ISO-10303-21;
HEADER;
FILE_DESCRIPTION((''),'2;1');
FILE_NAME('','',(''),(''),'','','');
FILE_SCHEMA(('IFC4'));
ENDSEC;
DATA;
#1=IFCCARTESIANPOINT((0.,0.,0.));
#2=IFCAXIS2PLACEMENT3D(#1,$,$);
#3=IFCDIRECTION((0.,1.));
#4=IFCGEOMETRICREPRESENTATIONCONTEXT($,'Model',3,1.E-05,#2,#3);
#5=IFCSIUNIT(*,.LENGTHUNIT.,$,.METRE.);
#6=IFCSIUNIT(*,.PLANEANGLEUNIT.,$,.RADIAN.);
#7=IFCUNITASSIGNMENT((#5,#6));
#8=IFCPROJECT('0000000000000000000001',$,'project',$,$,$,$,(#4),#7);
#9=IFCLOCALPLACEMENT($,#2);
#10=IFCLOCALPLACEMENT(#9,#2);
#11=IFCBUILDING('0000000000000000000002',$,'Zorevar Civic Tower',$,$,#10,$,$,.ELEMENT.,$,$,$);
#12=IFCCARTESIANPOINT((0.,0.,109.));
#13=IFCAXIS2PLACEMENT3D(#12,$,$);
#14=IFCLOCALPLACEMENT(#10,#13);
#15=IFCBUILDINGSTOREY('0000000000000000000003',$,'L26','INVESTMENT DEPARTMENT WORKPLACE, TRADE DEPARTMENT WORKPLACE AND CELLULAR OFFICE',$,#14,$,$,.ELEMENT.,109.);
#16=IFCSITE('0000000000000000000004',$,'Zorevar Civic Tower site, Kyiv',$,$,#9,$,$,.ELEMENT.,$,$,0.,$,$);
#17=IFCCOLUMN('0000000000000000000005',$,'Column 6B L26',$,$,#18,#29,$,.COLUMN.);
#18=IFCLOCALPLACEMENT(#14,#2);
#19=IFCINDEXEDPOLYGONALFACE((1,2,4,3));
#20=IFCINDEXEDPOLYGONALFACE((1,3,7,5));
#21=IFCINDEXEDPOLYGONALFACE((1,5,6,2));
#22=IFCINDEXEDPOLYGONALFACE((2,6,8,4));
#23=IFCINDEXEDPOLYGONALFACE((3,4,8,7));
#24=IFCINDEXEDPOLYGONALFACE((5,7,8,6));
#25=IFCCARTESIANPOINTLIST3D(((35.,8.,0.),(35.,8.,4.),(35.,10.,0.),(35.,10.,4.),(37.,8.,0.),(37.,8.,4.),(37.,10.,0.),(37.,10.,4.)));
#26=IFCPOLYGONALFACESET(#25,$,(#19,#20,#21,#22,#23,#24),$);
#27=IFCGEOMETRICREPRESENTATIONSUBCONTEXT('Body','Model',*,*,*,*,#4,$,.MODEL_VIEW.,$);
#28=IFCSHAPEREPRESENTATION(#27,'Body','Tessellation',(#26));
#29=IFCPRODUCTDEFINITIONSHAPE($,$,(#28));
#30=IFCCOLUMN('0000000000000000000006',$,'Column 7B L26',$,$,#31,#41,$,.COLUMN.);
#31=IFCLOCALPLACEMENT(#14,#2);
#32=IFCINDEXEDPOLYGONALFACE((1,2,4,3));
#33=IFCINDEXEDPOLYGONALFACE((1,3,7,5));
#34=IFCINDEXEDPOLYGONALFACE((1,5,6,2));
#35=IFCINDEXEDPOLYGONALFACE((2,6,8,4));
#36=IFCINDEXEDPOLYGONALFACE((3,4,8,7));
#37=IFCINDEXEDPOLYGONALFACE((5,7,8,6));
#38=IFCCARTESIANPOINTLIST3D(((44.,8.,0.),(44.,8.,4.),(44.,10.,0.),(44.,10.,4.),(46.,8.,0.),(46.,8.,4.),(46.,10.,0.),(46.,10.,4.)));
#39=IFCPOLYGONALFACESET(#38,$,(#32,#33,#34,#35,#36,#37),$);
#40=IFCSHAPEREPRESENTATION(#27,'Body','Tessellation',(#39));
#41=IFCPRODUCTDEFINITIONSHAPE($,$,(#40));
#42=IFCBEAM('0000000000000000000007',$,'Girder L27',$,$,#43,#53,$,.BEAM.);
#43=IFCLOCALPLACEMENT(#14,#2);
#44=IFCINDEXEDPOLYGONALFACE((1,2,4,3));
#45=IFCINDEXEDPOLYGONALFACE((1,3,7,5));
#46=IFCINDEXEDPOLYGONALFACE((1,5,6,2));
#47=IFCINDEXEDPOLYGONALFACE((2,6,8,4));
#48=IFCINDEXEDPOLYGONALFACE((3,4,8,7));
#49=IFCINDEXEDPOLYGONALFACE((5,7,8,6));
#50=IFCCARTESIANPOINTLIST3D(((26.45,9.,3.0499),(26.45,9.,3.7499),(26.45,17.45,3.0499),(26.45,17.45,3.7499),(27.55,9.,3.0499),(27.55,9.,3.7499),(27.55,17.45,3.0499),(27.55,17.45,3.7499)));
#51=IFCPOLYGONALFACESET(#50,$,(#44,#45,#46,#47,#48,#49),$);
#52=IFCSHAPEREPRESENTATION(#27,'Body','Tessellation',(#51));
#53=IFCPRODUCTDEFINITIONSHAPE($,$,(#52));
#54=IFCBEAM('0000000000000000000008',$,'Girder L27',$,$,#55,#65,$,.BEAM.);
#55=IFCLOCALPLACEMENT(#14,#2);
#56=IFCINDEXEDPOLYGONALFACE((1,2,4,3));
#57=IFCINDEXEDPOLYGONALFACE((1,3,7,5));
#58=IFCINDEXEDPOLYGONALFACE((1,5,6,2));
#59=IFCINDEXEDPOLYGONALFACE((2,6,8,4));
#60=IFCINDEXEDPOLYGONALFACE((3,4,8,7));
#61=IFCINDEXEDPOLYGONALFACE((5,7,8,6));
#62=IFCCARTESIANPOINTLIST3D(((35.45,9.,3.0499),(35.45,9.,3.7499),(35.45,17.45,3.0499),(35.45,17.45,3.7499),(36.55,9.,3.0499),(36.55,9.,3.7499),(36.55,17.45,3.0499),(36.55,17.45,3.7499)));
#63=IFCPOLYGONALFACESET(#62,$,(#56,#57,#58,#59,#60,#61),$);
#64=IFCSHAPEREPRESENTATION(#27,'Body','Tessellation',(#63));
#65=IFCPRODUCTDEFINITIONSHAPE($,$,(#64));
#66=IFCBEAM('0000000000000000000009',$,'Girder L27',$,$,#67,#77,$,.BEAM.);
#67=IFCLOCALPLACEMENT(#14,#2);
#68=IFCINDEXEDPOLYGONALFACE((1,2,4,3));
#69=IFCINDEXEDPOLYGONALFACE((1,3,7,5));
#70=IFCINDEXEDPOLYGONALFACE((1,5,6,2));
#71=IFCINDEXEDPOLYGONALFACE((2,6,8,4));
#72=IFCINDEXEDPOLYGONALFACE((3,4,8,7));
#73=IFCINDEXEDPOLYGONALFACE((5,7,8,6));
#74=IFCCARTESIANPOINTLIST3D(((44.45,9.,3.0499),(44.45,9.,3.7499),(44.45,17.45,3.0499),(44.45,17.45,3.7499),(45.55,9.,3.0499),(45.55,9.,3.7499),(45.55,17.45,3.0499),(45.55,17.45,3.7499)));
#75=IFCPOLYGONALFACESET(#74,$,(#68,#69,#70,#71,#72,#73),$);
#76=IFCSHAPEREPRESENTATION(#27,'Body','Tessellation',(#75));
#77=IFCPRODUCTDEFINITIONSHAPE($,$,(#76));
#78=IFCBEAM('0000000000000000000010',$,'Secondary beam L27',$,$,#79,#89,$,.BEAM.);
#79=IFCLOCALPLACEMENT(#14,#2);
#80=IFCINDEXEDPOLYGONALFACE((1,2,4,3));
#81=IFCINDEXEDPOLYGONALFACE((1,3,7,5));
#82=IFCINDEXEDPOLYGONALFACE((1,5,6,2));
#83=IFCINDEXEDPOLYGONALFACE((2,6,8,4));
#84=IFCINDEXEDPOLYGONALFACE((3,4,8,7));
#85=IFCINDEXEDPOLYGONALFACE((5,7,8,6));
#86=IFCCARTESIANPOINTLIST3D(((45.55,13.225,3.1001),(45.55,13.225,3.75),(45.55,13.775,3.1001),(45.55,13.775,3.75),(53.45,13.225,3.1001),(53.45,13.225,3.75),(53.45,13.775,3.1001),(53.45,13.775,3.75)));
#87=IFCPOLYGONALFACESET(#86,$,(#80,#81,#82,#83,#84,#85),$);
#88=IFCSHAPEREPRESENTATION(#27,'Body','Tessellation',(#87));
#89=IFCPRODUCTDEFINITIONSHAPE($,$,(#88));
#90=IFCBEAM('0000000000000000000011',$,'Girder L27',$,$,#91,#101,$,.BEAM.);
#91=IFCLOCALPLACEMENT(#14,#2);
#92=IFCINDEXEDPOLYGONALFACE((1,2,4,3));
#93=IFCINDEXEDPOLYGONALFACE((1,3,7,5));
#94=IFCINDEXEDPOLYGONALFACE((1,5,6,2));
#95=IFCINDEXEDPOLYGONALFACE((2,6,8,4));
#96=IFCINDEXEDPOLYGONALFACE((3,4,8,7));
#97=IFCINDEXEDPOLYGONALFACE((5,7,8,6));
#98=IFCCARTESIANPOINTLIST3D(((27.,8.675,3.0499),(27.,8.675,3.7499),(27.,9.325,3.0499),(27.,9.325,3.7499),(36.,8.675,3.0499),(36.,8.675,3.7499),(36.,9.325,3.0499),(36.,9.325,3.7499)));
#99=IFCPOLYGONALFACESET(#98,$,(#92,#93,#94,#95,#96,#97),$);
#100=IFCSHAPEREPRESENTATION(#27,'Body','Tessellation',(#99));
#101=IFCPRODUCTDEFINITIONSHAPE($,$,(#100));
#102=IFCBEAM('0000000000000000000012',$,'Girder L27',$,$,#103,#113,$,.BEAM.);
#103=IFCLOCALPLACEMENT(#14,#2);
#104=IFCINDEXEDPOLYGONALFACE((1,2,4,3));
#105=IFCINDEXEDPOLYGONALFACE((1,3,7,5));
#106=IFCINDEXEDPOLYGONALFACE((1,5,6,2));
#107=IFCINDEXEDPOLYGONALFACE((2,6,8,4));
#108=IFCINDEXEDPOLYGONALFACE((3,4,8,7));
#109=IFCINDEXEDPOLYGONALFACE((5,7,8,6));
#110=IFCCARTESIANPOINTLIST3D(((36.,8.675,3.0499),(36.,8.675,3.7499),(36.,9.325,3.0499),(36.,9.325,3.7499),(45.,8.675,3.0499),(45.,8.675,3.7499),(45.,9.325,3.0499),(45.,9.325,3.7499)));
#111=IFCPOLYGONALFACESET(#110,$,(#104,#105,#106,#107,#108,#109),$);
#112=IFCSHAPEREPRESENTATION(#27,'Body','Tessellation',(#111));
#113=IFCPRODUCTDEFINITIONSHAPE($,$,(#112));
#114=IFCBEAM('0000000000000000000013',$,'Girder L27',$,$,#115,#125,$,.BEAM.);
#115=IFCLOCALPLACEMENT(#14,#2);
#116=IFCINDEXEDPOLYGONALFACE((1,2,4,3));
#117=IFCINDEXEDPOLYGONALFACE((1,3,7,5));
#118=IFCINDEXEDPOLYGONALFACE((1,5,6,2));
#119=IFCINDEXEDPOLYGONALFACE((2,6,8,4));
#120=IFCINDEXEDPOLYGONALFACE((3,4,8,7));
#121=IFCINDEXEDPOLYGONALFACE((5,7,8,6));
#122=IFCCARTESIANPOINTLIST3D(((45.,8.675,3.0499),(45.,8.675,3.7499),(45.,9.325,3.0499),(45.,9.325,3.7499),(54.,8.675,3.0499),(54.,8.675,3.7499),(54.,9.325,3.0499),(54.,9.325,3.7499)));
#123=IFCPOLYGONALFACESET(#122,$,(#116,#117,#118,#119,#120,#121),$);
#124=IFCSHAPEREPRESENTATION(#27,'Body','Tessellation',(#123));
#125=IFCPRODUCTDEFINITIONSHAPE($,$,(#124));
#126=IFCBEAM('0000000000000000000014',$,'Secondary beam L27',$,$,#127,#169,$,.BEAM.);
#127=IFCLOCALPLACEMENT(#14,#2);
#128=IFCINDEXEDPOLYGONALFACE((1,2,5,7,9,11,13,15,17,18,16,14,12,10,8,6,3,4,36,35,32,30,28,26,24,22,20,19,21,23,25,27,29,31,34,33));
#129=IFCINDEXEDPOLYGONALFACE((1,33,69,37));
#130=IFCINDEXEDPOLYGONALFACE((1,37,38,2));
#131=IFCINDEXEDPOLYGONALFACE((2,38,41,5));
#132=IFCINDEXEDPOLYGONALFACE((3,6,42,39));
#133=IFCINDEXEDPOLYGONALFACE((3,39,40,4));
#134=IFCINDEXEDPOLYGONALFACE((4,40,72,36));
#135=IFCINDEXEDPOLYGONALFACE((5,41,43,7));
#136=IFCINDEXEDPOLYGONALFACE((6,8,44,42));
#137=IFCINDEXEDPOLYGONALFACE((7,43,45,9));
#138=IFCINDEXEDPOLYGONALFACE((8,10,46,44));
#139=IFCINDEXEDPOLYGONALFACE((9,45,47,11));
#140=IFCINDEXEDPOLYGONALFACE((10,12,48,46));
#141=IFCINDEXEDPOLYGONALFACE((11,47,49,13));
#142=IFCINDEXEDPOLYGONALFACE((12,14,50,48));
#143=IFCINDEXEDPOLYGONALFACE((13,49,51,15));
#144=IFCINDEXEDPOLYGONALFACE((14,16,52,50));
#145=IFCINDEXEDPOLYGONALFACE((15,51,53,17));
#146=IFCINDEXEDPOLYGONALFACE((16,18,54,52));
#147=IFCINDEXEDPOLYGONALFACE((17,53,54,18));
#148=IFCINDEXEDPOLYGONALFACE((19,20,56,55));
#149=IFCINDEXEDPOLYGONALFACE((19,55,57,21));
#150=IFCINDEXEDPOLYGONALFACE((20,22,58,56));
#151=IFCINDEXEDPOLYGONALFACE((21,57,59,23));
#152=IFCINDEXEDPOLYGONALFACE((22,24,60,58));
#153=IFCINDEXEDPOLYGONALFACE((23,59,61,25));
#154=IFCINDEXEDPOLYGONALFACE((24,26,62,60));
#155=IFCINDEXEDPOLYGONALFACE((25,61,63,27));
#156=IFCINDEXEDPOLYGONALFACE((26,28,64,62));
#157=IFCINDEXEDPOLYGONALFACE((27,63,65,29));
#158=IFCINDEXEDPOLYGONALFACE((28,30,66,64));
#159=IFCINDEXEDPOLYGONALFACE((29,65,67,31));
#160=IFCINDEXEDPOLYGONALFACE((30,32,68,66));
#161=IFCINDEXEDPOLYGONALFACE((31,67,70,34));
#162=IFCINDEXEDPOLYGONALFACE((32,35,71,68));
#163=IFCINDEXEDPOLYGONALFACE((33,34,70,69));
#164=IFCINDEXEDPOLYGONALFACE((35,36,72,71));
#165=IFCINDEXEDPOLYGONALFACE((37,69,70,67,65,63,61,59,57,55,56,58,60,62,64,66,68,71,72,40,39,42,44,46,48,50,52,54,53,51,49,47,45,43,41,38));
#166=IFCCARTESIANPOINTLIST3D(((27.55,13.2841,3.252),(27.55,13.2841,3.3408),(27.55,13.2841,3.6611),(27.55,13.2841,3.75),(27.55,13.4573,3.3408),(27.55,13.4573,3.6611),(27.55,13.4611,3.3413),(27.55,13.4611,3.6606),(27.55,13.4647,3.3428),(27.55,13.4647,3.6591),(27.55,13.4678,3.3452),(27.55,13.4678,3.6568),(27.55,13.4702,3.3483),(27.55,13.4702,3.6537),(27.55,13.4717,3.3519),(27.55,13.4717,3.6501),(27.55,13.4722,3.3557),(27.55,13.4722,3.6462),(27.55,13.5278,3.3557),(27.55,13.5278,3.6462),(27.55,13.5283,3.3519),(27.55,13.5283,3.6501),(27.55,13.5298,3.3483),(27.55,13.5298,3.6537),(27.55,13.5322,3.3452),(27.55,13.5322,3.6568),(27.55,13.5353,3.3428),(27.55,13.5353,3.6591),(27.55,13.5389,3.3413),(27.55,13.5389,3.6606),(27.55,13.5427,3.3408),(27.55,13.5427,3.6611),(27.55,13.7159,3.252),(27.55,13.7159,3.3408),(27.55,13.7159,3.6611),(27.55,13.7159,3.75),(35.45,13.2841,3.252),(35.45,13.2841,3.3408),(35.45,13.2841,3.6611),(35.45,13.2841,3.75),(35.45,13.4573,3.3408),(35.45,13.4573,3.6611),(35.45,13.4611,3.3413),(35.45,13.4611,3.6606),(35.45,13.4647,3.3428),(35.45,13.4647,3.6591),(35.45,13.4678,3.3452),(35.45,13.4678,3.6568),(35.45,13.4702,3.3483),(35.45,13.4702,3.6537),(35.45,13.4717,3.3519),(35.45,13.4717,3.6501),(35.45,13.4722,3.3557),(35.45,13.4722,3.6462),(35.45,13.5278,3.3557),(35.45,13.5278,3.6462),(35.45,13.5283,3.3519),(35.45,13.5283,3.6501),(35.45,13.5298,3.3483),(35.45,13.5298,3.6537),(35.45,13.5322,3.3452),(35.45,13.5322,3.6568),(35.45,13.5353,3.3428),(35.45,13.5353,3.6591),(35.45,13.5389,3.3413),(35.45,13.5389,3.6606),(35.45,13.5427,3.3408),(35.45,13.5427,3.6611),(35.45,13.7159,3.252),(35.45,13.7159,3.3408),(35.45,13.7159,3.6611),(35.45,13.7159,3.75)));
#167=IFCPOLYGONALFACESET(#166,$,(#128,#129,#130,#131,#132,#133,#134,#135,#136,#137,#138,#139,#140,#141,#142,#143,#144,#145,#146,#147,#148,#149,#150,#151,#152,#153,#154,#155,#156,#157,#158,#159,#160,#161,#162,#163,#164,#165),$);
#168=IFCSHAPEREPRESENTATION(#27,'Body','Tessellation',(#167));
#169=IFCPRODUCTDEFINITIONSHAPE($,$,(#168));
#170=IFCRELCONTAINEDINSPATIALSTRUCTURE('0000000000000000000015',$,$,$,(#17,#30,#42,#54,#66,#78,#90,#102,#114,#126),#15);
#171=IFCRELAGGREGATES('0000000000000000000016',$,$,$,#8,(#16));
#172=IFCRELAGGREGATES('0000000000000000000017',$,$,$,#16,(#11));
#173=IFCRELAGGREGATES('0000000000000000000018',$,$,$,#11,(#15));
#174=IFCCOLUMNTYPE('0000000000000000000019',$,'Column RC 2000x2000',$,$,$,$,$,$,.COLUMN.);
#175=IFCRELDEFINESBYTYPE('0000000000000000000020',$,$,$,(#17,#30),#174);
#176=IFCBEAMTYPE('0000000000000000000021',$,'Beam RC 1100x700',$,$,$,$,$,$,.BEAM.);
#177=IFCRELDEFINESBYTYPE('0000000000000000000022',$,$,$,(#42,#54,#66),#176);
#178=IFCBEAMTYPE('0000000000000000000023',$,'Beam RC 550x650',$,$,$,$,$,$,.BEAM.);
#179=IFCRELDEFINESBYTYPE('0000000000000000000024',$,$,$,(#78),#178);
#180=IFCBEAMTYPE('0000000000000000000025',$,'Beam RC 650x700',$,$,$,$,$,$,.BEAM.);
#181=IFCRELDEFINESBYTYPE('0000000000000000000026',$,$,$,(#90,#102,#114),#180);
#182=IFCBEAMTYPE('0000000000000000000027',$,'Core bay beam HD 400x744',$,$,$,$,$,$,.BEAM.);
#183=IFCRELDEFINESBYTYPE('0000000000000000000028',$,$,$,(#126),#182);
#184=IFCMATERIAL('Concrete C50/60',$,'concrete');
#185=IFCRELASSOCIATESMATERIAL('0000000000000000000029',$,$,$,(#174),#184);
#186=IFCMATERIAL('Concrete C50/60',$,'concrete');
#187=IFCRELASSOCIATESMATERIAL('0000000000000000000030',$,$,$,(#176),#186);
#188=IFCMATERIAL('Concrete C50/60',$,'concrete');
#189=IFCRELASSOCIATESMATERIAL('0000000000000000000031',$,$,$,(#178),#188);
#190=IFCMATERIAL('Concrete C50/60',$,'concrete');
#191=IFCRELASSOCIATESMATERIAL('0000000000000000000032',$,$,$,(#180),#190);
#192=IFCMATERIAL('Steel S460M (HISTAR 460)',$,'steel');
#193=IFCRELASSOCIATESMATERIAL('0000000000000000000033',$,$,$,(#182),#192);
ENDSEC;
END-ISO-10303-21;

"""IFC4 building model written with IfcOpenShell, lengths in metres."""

from ifc_helpers import new_model, si_unit, direction, frame, origin, origin_2d, place, context, subcontext, project, spatial, rectangle, i_section, extrude, material, material_profile, profile_set, type_object, element, save


model = new_model("IFC4")

# Units and contexts
model_context = context("Model", 3, precision=1e-05, world=origin(), true_north=direction((0.0, 1.0)))
body_context = subcontext(model_context, "Body", "Model", "MODEL_VIEW")
ifc_project = project(units=[si_unit("LENGTHUNIT", "METRE"), si_unit("PLANEANGLEUNIT", "RADIAN")], contexts=[model_context])

# Site, building, storey
site_placement = place(None, origin())
site = spatial("IfcSite", under=ifc_project, at=site_placement, Name="Zorevar Civic Tower site, Kyiv", CompositionType="ELEMENT", RefElevation=0.0)
building_placement = place(site_placement, origin())
building = spatial("IfcBuilding", under=site, at=building_placement, Name="Zorevar Civic Tower", CompositionType="ELEMENT")
storey_placement = place(building_placement, frame((0.0, 0.0, 109.0)))
storey = spatial("IfcBuildingStorey", under=building, at=storey_placement, Name="L26", Description="INVESTMENT DEPARTMENT WORKPLACE, TRADE DEPARTMENT WORKPLACE AND CELLULAR OFFICE", CompositionType="ELEMENT", Elevation=109.0)

# Columns
ifc_material_1 = material(Name="Concrete C50/60", Category="concrete")
ifc_material_profile_1 = material_profile(ifc_material_1, rectangle(XDim=2.0, YDim=2.0, at=origin_2d()), Name="RC 2000x2000")
ifc_profile_set_1 = profile_set([ifc_material_profile_1], Name="Concrete C50/60")
column_type = type_object("IfcColumnType", Name="Column RC 2000x2000", PredefinedType="COLUMN", material=ifc_profile_set_1)
for number, where, z_axis, x_axis, name in (
    (1, (36.0, 9.0, 0.0), (0.0, 0.0, 1.0), (1.0, 0.0, 0.0), "Column 6B L26"),
    (2, (45.0, 9.0, 0.0), (0.0, 0.0, 1.0), (1.0, 0.0, 0.0), "Column 7B L26"),
):
    element("IfcColumn", number, at=place(storey_placement, frame(where, z_axis=z_axis, x_axis=x_axis)), inside=storey, type_object=column_type, Name=name, PredefinedType="COLUMN", context=body_context, shape_type="SweptSolid", body=[
        extrude(rectangle(XDim=2.0, YDim=2.0, at=origin_2d()), origin(), (0.0, 0.0, 1.0), 4.0),
    ])

# Beams
ifc_material_2 = material(Name="Concrete C50/60", Category="concrete")
ifc_material_profile_2 = material_profile(ifc_material_2, rectangle(XDim=1.1001, YDim=0.7, at=origin_2d()), Name="RC 1100x700")
ifc_profile_set_2 = profile_set([ifc_material_profile_2], Name="Concrete C50/60")
beam_type_1 = type_object("IfcBeamType", Name="Beam RC 1100x700", PredefinedType="BEAM", material=ifc_profile_set_2)
for number, where, z_axis, x_axis, name in (
    (3, (27.0, 9.0, 3.3999), (0.0, 1.0, 0.0), (-1.0, 0.0, 0.0), "Girder L27"),
    (4, (36.0, 9.0, 3.3999), (0.0, 1.0, 0.0), (-1.0, 0.0, 0.0), "Girder L27"),
    (5, (45.0, 9.0, 3.3999), (0.0, 1.0, 0.0), (-1.0, 0.0, 0.0), "Girder L27"),
):
    element("IfcBeam", number, at=place(storey_placement, frame(where, z_axis=z_axis, x_axis=x_axis)), inside=storey, type_object=beam_type_1, Name=name, PredefinedType="BEAM", context=body_context, shape_type="SweptSolid", body=[
        extrude(rectangle(XDim=1.1001, YDim=0.7, at=origin_2d()), origin(), (0.0, 0.0, 1.0), 8.45),
    ])
ifc_material_3 = material(Name="Concrete C50/60", Category="concrete")
ifc_material_profile_3 = material_profile(ifc_material_3, rectangle(XDim=0.55, YDim=0.6499, at=origin_2d()), Name="RC 550x650")
ifc_profile_set_3 = profile_set([ifc_material_profile_3], Name="Concrete C50/60")
beam_type_2 = type_object("IfcBeamType", Name="Beam RC 550x650", PredefinedType="BEAM", material=ifc_profile_set_3)
beam_placement = place(storey_placement, frame((45.55, 13.5, 3.425), z_axis=(1.0, 0.0, 0.0), x_axis=(0.0, 1.0, 0.0)))
element("IfcBeam", 6, at=beam_placement, inside=storey, type_object=beam_type_2, Name="Secondary beam L27", PredefinedType="BEAM", context=body_context, shape_type="SweptSolid", body=[
    extrude(rectangle(XDim=0.55, YDim=0.6499, at=origin_2d()), origin(), (0.0, 0.0, 1.0), 7.8999),
])
ifc_material_4 = material(Name="Concrete C50/60", Category="concrete")
ifc_material_profile_4 = material_profile(ifc_material_4, rectangle(XDim=0.6499, YDim=0.7, at=origin_2d()), Name="RC 650x700")
ifc_profile_set_4 = profile_set([ifc_material_profile_4], Name="Concrete C50/60")
beam_type_3 = type_object("IfcBeamType", Name="Beam RC 650x700", PredefinedType="BEAM", material=ifc_profile_set_4)
for number, where, z_axis, x_axis, name in (
    (7, (27.0, 9.0, 3.3999), (1.0, 0.0, 0.0), (0.0, 1.0, 0.0), "Girder L27"),
    (8, (36.0, 9.0, 3.3999), (1.0, 0.0, 0.0), (0.0, 1.0, 0.0), "Girder L27"),
    (9, (45.0, 9.0, 3.3999), (1.0, 0.0, 0.0), (0.0, 1.0, 0.0), "Girder L27"),
):
    element("IfcBeam", number, at=place(storey_placement, frame(where, z_axis=z_axis, x_axis=x_axis)), inside=storey, type_object=beam_type_3, Name=name, PredefinedType="BEAM", context=body_context, shape_type="SweptSolid", body=[
        extrude(rectangle(XDim=0.6499, YDim=0.7, at=origin_2d()), origin(), (0.0, 0.0, 1.0), 9.0),
    ])
ifc_material_5 = material(Name="Steel S460M (HISTAR 460)", Category="steel")
ifc_material_profile_5 = material_profile(ifc_material_5, i_section(OverallWidth=0.4319, OverallDepth=0.498, WebThickness=0.0557, FlangeThickness=0.0889, FilletRadius=0.0149, at=origin_2d()), Name="HD 400x744")
ifc_profile_set_5 = profile_set([ifc_material_profile_5], Name="Steel S460M (HISTAR 460)")
beam_type_4 = type_object("IfcBeamType", Name="Core bay beam HD 400x744", PredefinedType="BEAM", material=ifc_profile_set_5)
for number, where, z_axis, x_axis, name in (
    (10, (27.55, 13.5, 3.501), (1.0, 0.0, 0.0), (0.0, 1.0, 0.0), "Secondary beam L27"),
):
    element("IfcBeam", number, at=place(storey_placement, frame(where, z_axis=z_axis, x_axis=x_axis)), inside=storey, type_object=beam_type_4, Name=name, PredefinedType="BEAM", context=body_context, shape_type="SweptSolid", body=[
        extrude(i_section(OverallWidth=0.4319, OverallDepth=0.498, WebThickness=0.0557, FlangeThickness=0.0889, FilletRadius=0.0149, at=origin_2d()), origin(), (0.0, 0.0, 1.0), 7.8999),
    ])

save(model, "model.ifc")
